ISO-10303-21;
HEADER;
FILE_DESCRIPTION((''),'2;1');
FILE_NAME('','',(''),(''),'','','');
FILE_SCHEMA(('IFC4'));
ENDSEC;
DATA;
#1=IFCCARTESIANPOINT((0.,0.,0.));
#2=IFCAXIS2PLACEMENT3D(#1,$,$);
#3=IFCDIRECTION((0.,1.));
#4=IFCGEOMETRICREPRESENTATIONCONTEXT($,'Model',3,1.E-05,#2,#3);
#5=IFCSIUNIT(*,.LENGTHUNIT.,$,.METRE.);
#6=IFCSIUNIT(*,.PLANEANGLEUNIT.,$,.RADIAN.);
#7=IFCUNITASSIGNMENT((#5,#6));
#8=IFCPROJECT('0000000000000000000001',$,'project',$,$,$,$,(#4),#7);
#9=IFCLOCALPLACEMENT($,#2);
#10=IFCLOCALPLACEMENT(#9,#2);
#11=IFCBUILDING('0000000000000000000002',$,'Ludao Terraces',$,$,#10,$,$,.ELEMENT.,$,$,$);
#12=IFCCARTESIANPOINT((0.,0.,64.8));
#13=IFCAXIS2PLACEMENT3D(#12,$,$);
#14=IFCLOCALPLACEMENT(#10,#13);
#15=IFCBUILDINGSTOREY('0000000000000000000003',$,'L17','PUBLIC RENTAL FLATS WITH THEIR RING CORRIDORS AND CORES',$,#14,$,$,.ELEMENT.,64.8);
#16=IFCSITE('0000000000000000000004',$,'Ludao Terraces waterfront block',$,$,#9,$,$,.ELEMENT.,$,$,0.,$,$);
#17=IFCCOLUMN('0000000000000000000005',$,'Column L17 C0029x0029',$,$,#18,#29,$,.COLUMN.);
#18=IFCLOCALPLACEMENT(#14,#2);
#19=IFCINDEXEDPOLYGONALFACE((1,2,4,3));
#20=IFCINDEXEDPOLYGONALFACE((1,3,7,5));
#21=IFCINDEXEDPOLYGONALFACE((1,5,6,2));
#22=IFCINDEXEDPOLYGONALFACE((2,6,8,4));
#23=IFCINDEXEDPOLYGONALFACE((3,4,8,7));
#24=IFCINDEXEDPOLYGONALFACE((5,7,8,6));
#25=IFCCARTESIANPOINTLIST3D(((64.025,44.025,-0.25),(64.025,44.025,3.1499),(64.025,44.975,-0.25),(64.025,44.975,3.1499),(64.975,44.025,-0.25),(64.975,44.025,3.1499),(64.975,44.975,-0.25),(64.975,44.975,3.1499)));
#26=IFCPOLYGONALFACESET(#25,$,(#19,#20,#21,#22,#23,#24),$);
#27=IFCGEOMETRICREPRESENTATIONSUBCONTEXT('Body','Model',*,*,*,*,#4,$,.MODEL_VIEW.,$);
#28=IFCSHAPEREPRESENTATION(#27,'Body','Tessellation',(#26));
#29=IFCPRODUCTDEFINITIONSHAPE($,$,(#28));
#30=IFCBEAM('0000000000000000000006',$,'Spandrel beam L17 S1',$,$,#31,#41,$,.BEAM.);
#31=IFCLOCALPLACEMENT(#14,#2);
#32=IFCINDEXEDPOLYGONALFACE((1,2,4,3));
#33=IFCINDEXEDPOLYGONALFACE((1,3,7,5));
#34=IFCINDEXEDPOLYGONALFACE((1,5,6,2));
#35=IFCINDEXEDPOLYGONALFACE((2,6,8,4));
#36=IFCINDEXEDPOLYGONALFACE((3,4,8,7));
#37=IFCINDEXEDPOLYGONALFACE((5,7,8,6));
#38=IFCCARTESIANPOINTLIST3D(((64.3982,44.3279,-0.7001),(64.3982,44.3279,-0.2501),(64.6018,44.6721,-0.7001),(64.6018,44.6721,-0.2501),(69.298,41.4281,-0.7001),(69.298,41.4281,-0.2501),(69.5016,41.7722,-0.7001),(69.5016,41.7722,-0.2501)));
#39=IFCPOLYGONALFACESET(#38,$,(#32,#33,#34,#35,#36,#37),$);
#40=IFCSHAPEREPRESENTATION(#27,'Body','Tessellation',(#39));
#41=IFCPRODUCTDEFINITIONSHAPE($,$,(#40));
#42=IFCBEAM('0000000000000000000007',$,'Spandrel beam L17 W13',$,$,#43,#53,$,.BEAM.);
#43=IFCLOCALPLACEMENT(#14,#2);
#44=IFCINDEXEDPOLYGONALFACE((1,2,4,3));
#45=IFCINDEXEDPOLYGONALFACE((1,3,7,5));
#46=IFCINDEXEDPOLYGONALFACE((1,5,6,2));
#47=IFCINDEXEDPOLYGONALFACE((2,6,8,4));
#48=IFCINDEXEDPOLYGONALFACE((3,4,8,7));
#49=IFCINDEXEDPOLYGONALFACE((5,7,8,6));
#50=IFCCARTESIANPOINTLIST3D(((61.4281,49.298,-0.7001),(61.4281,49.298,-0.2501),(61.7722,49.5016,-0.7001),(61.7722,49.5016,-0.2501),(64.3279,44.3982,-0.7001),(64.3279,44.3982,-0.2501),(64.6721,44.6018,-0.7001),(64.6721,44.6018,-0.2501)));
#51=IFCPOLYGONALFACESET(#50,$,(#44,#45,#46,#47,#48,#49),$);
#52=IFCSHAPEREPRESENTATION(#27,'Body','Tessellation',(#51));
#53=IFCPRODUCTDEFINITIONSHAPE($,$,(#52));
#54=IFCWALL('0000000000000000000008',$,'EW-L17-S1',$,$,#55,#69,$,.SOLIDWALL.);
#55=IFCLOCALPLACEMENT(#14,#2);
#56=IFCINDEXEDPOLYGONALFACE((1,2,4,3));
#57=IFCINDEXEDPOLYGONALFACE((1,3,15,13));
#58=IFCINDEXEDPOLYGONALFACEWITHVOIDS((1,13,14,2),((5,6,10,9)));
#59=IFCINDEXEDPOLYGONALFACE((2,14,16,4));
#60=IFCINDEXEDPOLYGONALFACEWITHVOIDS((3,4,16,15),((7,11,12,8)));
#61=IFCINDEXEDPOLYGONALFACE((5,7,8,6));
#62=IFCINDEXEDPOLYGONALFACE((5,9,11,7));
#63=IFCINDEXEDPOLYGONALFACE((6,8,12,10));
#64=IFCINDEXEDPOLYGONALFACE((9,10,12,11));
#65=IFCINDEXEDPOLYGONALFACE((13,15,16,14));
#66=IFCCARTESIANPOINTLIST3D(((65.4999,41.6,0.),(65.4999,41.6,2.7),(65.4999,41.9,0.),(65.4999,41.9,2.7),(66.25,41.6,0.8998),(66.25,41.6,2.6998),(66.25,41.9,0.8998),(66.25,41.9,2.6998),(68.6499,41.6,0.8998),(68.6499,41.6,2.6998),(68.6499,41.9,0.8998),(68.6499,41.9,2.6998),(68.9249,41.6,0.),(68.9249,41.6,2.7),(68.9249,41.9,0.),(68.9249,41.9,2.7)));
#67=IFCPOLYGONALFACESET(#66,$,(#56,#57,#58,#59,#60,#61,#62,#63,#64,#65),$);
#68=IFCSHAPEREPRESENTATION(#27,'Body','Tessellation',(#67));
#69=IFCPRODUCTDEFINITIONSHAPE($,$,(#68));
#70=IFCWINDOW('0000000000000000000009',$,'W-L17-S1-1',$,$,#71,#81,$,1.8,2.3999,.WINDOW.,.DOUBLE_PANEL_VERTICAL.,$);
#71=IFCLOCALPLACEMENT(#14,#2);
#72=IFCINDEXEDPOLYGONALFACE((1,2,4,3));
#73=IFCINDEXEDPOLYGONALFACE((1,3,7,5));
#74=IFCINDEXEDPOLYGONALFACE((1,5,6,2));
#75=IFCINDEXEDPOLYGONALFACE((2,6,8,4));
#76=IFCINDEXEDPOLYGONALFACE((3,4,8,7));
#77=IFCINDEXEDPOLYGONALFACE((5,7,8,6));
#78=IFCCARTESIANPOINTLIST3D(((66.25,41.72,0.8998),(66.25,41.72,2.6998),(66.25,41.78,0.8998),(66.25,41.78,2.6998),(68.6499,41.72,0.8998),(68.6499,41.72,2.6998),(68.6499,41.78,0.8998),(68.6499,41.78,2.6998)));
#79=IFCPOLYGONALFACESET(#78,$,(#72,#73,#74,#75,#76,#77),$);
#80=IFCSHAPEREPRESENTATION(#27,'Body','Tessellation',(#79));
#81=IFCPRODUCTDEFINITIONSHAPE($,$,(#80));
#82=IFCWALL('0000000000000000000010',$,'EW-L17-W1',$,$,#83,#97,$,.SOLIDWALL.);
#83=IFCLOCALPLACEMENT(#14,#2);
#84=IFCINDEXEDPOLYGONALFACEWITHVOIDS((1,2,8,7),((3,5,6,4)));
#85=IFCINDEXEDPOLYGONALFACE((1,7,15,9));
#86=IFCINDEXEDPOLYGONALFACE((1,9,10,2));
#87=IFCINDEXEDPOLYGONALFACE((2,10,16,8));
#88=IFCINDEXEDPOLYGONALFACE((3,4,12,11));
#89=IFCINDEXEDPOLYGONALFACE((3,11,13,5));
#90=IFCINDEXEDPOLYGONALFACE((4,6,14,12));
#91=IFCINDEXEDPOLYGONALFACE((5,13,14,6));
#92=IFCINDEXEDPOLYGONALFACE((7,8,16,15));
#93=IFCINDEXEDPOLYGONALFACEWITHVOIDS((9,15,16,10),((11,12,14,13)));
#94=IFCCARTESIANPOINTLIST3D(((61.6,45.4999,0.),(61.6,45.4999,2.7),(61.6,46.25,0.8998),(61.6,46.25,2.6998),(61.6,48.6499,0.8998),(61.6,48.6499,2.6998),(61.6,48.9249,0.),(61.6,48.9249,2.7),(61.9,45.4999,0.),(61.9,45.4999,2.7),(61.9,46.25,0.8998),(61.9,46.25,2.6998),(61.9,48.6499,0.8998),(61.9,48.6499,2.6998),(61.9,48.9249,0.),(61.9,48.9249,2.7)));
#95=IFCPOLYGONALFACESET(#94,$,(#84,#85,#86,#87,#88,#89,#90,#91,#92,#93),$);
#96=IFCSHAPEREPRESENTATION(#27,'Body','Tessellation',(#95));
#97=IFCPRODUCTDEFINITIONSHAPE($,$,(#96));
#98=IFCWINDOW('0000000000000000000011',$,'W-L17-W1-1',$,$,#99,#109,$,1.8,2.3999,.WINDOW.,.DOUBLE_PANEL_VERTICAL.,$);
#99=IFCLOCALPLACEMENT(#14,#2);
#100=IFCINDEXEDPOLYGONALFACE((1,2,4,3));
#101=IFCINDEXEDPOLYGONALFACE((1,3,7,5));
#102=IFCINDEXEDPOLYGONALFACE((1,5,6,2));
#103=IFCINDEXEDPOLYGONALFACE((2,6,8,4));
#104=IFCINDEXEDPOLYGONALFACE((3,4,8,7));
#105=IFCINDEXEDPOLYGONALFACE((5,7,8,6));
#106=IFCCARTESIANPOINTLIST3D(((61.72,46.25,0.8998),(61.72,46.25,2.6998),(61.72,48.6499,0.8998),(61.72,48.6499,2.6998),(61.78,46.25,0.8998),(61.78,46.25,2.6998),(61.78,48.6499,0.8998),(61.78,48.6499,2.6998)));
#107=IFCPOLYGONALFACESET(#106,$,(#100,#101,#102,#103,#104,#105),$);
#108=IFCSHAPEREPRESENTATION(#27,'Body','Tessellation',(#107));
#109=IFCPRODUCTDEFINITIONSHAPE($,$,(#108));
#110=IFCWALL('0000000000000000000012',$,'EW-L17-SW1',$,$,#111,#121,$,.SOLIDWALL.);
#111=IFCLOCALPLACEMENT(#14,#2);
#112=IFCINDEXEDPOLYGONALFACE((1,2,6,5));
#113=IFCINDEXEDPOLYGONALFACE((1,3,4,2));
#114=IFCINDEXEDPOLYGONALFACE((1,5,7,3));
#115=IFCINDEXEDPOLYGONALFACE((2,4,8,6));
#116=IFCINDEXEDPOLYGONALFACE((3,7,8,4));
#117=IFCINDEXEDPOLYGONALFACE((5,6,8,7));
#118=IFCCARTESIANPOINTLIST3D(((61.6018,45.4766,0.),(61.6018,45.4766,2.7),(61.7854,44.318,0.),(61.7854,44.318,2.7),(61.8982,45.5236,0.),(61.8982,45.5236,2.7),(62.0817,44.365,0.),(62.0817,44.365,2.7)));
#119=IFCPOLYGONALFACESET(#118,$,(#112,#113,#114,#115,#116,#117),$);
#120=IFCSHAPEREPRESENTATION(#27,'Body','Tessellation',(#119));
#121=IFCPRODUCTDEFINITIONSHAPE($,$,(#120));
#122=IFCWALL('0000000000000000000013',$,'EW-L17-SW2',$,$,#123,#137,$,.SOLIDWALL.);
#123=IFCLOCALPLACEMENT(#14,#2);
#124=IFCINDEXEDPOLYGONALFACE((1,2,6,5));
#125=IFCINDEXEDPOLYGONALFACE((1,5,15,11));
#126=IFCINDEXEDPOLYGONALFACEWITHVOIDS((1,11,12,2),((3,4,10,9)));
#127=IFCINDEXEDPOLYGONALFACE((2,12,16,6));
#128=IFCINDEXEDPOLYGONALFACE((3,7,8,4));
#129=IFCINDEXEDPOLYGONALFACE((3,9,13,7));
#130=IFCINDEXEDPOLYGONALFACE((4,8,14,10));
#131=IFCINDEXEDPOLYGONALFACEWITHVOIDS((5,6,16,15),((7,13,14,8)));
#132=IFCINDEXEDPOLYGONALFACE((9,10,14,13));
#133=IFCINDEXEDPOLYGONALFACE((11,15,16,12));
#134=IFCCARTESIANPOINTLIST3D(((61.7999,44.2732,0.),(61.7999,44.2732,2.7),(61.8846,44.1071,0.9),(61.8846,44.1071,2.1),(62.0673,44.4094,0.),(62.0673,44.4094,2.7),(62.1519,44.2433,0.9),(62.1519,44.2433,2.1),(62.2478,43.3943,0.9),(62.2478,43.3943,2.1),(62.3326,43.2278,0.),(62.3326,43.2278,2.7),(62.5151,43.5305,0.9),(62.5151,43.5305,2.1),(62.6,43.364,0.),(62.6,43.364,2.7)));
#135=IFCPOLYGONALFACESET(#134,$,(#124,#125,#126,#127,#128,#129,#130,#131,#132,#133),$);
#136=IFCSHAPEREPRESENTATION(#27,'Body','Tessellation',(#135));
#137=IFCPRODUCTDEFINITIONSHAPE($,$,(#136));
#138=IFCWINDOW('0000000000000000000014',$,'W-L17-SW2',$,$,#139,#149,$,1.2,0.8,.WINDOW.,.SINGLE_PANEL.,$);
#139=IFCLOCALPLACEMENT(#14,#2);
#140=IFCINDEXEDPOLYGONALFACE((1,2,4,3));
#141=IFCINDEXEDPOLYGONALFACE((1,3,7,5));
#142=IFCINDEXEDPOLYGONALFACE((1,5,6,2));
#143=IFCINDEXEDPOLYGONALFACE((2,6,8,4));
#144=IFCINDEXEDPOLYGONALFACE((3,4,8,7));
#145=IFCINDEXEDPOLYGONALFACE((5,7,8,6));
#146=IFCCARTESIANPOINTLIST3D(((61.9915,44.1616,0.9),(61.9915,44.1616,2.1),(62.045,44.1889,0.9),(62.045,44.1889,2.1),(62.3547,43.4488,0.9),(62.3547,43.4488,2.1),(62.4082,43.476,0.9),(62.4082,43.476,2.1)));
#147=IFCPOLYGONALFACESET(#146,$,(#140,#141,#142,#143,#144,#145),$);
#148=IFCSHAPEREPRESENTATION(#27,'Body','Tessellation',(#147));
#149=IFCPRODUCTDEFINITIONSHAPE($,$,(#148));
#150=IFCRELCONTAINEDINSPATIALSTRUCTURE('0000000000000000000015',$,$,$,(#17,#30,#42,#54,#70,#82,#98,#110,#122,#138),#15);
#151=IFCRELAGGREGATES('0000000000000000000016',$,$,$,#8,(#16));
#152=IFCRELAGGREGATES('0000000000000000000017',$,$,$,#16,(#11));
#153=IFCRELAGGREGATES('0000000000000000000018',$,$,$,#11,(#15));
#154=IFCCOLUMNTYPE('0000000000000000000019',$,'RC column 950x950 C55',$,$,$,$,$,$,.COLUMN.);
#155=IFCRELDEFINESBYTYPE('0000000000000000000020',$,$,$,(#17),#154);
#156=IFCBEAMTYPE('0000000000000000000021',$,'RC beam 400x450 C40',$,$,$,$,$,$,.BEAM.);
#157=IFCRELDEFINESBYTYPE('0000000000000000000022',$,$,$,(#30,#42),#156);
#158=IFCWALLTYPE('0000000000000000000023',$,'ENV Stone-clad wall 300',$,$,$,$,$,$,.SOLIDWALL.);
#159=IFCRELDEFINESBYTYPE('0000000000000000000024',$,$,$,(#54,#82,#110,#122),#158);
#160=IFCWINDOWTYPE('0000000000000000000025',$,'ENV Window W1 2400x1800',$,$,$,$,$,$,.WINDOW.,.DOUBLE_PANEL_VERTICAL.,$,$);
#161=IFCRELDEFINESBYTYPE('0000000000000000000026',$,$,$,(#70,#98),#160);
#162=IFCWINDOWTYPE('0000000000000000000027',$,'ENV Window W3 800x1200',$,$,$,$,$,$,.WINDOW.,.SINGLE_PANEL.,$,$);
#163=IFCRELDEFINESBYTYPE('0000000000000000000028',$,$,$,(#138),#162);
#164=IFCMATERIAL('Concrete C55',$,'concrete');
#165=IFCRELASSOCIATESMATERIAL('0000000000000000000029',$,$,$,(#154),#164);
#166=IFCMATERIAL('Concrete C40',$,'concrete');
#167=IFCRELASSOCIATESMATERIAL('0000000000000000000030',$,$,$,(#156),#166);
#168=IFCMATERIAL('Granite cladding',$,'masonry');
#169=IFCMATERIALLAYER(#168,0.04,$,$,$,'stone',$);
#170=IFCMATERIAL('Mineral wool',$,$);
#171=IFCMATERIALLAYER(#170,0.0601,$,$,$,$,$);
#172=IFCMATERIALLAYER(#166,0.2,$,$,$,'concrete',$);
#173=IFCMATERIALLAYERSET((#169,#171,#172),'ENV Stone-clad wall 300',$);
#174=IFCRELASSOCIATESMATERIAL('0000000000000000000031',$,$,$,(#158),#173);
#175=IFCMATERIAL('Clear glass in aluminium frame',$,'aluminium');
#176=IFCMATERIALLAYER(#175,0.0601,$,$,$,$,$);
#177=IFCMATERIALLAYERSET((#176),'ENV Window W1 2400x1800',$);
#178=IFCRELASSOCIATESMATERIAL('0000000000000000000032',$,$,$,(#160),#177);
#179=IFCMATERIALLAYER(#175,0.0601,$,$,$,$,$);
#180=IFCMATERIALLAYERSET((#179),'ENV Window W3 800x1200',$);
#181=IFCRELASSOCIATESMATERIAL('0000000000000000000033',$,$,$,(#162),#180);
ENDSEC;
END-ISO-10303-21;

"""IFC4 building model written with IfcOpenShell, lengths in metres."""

from ifc_helpers import new_model, si_unit, direction, frame, frame_2d, origin, origin_2d, place, context, subcontext, project, spatial, rectangle, extrude, material, layer, layer_set, material_profile, profile_set, type_object, element, fill, save


model = new_model("IFC4")

# Units and contexts
model_context = context("Model", 3, precision=1e-05, world=origin(), true_north=direction((0.0, 1.0)))
body_context = subcontext(model_context, "Body", "Model", "MODEL_VIEW")
ifc_project = project(units=[si_unit("LENGTHUNIT", "METRE"), si_unit("PLANEANGLEUNIT", "RADIAN")], contexts=[model_context])

# Site, building, storey
site_placement = place(None, origin())
site = spatial("IfcSite", under=ifc_project, at=site_placement, Name="Ludao Terraces waterfront block", CompositionType="ELEMENT", RefElevation=0.0)
building_placement = place(site_placement, origin())
building = spatial("IfcBuilding", under=site, at=building_placement, Name="Ludao Terraces", CompositionType="ELEMENT")
storey_placement = place(building_placement, frame((0.0, 0.0, 64.8)))
storey = spatial("IfcBuildingStorey", under=building, at=storey_placement, Name="L17", Description="PUBLIC RENTAL FLATS WITH THEIR RING CORRIDORS AND CORES", CompositionType="ELEMENT", Elevation=64.8)

# Column
ifc_material_1 = material(Name="Concrete C55", Category="concrete")
ifc_material_profile_1 = material_profile(ifc_material_1, rectangle(XDim=0.95, YDim=0.95, at=origin_2d()), Name="950 X 950")
ifc_profile_set_1 = profile_set([ifc_material_profile_1], Name="Concrete C55")
column_type = type_object("IfcColumnType", Name="RC column 950x950 C55", PredefinedType="COLUMN", material=ifc_profile_set_1)
column_placement = place(storey_placement, frame((64.5, 44.5, -0.25), z_axis=(0.0, 0.0, 1.0), x_axis=(1.0, 0.0, 0.0)))
element("IfcColumn", 1, at=column_placement, inside=storey, type_object=column_type, Name="Column L17 C0029x0029", PredefinedType="COLUMN", context=body_context, shape_type="SweptSolid", body=[
    extrude(rectangle(XDim=0.95, YDim=0.95, at=origin_2d()), origin(), (0.0, 0.0, 1.0), 3.3999),
])

# Beams
ifc_material_2 = material(Name="Concrete C40", Category="concrete")
ifc_material_profile_2 = material_profile(ifc_material_2, rectangle(XDim=0.3999, YDim=0.45, at=origin_2d()), Name="400 X 450")
ifc_profile_set_2 = profile_set([ifc_material_profile_2], Name="Concrete C40")
beam_type = type_object("IfcBeamType", Name="RC beam 400x450 C40", PredefinedType="BEAM", material=ifc_profile_set_2)
for number, where, z_axis, x_axis, name in (
    (2, (64.5, 44.5, -0.4751), (0.86058, -0.509316, 0.0), (0.509316, 0.86058, 0.0), "Spandrel beam L17 S1"),
    (3, (64.5, 44.5, -0.4751), (-0.509316, 0.86058, 0.0), (-0.86058, -0.509316, 0.0), "Spandrel beam L17 W13"),
):
    element("IfcBeam", number, at=place(storey_placement, frame(where, z_axis=z_axis, x_axis=x_axis)), inside=storey, type_object=beam_type, Name=name, PredefinedType="BEAM", context=body_context, shape_type="SweptSolid", body=[
        extrude(rectangle(XDim=0.3999, YDim=0.45, at=origin_2d()), origin(), (0.0, 0.0, 1.0), 5.6936),
    ])

# Walls, openings, windows
ifc_material_3 = material(Name="Granite cladding", Category="masonry")
ifc_layer_1 = layer(ifc_material_3, 0.04, Category="stone")
ifc_material_4 = material(Name="Mineral wool")
ifc_layer_2 = layer(ifc_material_4, 0.0601)
ifc_layer_3 = layer(ifc_material_2, 0.2, Category="concrete")
ifc_layer_set_1 = layer_set([ifc_layer_1, ifc_layer_2, ifc_layer_3], Name="ENV Stone-clad wall 300")
wall_type_1 = type_object("IfcWallType", Name="ENV Stone-clad wall 300", PredefinedType="SOLIDWALL", material=ifc_layer_set_1)
wall_1_placement = place(storey_placement, frame((65.5, 41.75, 0.0), z_axis=(0.0, 0.0, 1.0), x_axis=(1.0, 0.0, 0.0)))
wall_1 = element("IfcWall", 4, at=wall_1_placement, inside=storey, type_object=wall_type_1, Name="EW-L17-S1", PredefinedType="SOLIDWALL", context=body_context, shape_type="SweptSolid", body=[
    extrude(rectangle(XDim=3.425, YDim=0.3, at=frame_2d((1.7124, 0.0))), origin(), (0.0, 0.0, 1.0), 2.7),
])
opening_1_placement = place(wall_1_placement, frame((0.75, 0.0, 0.8999)))
opening_1 = element("IfcOpeningElement", 5, at=opening_1_placement, cuts=wall_1, PredefinedType="OPENING", context=body_context, shape_type="SweptSolid", body=[
    extrude(rectangle(XDim=2.3999, YDim=1.8, at=frame_2d((1.2, 0.8999))), frame((0.0, 0.1602, 0.0), z_axis=(0.0, -1.0, 0.0), x_axis=(1.0, 0.0, 0.0)), (0.0, 0.0, 1.0), 0.3201),
])
ifc_material_5 = material(Name="Clear glass in aluminium frame", Category="aluminium")
ifc_layer_4 = layer(ifc_material_5, 0.0601)
ifc_layer_set_2 = layer_set([ifc_layer_4], Name="ENV Window W1 2400x1800")
window_type_1 = type_object("IfcWindowType", Name="ENV Window W1 2400x1800", PartitioningType="DOUBLE_PANEL_VERTICAL", PredefinedType="WINDOW", material=ifc_layer_set_2)
window_1_placement = place(opening_1_placement, origin())
window_1 = element("IfcWindow", 6, at=window_1_placement, inside=storey, type_object=window_type_1, Name="W-L17-S1-1", OverallHeight=1.8, OverallWidth=2.3999, PartitioningType="DOUBLE_PANEL_VERTICAL", PredefinedType="WINDOW", context=body_context, shape_type="SweptSolid", body=[
    extrude(rectangle(XDim=2.3999, YDim=1.8, at=frame_2d((1.2, 0.8999))), frame((0.0, 0.03, 0.0), z_axis=(0.0, -1.0, 0.0), x_axis=(1.0, 0.0, 0.0)), (0.0, 0.0, 1.0), 0.0601),
])
fill(opening_1, window_1)
wall_2_placement = place(storey_placement, frame((61.75, 45.5, 0.0), z_axis=(0.0, 0.0, 1.0), x_axis=(0.0, 1.0, 0.0)))
wall_2 = element("IfcWall", 7, at=wall_2_placement, inside=storey, type_object=wall_type_1, Name="EW-L17-W1", PredefinedType="SOLIDWALL", context=body_context, shape_type="SweptSolid", body=[
    extrude(rectangle(XDim=3.425, YDim=0.3, at=frame_2d((1.7124, 0.0))), origin(), (0.0, 0.0, 1.0), 2.7),
])
opening_2_placement = place(wall_2_placement, frame((0.75, 0.0, 0.8999)))
opening_2 = element("IfcOpeningElement", 8, at=opening_2_placement, cuts=wall_2, PredefinedType="OPENING", context=body_context, shape_type="SweptSolid", body=[
    extrude(rectangle(XDim=2.3999, YDim=1.8, at=frame_2d((1.2, 0.8999))), frame((0.0, 0.1602, 0.0), z_axis=(0.0, -1.0, 0.0), x_axis=(1.0, 0.0, 0.0)), (0.0, 0.0, 1.0), 0.3201),
])
window_2_placement = place(opening_2_placement, origin())
window_2 = element("IfcWindow", 9, at=window_2_placement, inside=storey, type_object=window_type_1, Name="W-L17-W1-1", OverallHeight=1.8, OverallWidth=2.3999, PartitioningType="DOUBLE_PANEL_VERTICAL", PredefinedType="WINDOW", context=body_context, shape_type="SweptSolid", body=[
    extrude(rectangle(XDim=2.3999, YDim=1.8, at=frame_2d((1.2, 0.8999))), frame((0.0, 0.03, 0.0), z_axis=(0.0, -1.0, 0.0), x_axis=(1.0, 0.0, 0.0)), (0.0, 0.0, 1.0), 0.0601),
])
fill(opening_2, window_2)

# Wall
wall_3_placement = place(storey_placement, frame((61.75, 45.5, 0.0), z_axis=(0.0, 0.0, 1.0), x_axis=(0.156497, -0.987678, 0.0)))
element("IfcWall", 10, at=wall_3_placement, inside=storey, type_object=wall_type_1, Name="EW-L17-SW1", PredefinedType="SOLIDWALL", context=body_context, shape_type="SweptSolid", body=[
    extrude(rectangle(XDim=1.1731, YDim=0.3, at=frame_2d((0.5864, 0.0))), origin(), (0.0, 0.0, 1.0), 2.7),
])

# Wall, opening, window
wall_4_placement = place(storey_placement, frame((61.9336, 44.3413, 0.0), z_axis=(0.0, 0.0, 1.0), x_axis=(0.454026, -0.890989, 0.0)))
wall_4 = element("IfcWall", 11, at=wall_4_placement, inside=storey, type_object=wall_type_1, Name="EW-L17-SW2", PredefinedType="SOLIDWALL", context=body_context, shape_type="SweptSolid", body=[
    extrude(rectangle(XDim=1.1733, YDim=0.3, at=frame_2d((0.5867, 0.0))), origin(), (0.0, 0.0, 1.0), 2.7),
])
opening_3_placement = place(wall_4_placement, frame((0.1865, 0.0, 0.8999)))
opening_3 = element("IfcOpeningElement", 12, at=opening_3_placement, cuts=wall_4, PredefinedType="OPENING", context=body_context, shape_type="SweptSolid", body=[
    extrude(rectangle(XDim=0.8, YDim=1.2, at=frame_2d((0.3999, 0.6001))), frame((0.0, 0.1602, 0.0), z_axis=(0.0, -1.0, 0.0), x_axis=(1.0, 0.0, 0.0)), (0.0, 0.0, 1.0), 0.3201),
])
ifc_layer_5 = layer(ifc_material_5, 0.0601)
ifc_layer_set_3 = layer_set([ifc_layer_5], Name="ENV Window W3 800x1200")
window_type_2 = type_object("IfcWindowType", Name="ENV Window W3 800x1200", PartitioningType="SINGLE_PANEL", PredefinedType="WINDOW", material=ifc_layer_set_3)
window_3_placement = place(opening_3_placement, origin())
window_3 = element("IfcWindow", 13, at=window_3_placement, inside=storey, type_object=window_type_2, Name="W-L17-SW2", OverallHeight=1.2, OverallWidth=0.8, PartitioningType="SINGLE_PANEL", PredefinedType="WINDOW", context=body_context, shape_type="SweptSolid", body=[
    extrude(rectangle(XDim=0.8, YDim=1.2, at=frame_2d((0.3999, 0.6001))), frame((0.0, 0.03, 0.0), z_axis=(0.0, -1.0, 0.0), x_axis=(1.0, 0.0, 0.0)), (0.0, 0.0, 1.0), 0.0601),
])
fill(opening_3, window_3)

save(model, "model.ifc")
